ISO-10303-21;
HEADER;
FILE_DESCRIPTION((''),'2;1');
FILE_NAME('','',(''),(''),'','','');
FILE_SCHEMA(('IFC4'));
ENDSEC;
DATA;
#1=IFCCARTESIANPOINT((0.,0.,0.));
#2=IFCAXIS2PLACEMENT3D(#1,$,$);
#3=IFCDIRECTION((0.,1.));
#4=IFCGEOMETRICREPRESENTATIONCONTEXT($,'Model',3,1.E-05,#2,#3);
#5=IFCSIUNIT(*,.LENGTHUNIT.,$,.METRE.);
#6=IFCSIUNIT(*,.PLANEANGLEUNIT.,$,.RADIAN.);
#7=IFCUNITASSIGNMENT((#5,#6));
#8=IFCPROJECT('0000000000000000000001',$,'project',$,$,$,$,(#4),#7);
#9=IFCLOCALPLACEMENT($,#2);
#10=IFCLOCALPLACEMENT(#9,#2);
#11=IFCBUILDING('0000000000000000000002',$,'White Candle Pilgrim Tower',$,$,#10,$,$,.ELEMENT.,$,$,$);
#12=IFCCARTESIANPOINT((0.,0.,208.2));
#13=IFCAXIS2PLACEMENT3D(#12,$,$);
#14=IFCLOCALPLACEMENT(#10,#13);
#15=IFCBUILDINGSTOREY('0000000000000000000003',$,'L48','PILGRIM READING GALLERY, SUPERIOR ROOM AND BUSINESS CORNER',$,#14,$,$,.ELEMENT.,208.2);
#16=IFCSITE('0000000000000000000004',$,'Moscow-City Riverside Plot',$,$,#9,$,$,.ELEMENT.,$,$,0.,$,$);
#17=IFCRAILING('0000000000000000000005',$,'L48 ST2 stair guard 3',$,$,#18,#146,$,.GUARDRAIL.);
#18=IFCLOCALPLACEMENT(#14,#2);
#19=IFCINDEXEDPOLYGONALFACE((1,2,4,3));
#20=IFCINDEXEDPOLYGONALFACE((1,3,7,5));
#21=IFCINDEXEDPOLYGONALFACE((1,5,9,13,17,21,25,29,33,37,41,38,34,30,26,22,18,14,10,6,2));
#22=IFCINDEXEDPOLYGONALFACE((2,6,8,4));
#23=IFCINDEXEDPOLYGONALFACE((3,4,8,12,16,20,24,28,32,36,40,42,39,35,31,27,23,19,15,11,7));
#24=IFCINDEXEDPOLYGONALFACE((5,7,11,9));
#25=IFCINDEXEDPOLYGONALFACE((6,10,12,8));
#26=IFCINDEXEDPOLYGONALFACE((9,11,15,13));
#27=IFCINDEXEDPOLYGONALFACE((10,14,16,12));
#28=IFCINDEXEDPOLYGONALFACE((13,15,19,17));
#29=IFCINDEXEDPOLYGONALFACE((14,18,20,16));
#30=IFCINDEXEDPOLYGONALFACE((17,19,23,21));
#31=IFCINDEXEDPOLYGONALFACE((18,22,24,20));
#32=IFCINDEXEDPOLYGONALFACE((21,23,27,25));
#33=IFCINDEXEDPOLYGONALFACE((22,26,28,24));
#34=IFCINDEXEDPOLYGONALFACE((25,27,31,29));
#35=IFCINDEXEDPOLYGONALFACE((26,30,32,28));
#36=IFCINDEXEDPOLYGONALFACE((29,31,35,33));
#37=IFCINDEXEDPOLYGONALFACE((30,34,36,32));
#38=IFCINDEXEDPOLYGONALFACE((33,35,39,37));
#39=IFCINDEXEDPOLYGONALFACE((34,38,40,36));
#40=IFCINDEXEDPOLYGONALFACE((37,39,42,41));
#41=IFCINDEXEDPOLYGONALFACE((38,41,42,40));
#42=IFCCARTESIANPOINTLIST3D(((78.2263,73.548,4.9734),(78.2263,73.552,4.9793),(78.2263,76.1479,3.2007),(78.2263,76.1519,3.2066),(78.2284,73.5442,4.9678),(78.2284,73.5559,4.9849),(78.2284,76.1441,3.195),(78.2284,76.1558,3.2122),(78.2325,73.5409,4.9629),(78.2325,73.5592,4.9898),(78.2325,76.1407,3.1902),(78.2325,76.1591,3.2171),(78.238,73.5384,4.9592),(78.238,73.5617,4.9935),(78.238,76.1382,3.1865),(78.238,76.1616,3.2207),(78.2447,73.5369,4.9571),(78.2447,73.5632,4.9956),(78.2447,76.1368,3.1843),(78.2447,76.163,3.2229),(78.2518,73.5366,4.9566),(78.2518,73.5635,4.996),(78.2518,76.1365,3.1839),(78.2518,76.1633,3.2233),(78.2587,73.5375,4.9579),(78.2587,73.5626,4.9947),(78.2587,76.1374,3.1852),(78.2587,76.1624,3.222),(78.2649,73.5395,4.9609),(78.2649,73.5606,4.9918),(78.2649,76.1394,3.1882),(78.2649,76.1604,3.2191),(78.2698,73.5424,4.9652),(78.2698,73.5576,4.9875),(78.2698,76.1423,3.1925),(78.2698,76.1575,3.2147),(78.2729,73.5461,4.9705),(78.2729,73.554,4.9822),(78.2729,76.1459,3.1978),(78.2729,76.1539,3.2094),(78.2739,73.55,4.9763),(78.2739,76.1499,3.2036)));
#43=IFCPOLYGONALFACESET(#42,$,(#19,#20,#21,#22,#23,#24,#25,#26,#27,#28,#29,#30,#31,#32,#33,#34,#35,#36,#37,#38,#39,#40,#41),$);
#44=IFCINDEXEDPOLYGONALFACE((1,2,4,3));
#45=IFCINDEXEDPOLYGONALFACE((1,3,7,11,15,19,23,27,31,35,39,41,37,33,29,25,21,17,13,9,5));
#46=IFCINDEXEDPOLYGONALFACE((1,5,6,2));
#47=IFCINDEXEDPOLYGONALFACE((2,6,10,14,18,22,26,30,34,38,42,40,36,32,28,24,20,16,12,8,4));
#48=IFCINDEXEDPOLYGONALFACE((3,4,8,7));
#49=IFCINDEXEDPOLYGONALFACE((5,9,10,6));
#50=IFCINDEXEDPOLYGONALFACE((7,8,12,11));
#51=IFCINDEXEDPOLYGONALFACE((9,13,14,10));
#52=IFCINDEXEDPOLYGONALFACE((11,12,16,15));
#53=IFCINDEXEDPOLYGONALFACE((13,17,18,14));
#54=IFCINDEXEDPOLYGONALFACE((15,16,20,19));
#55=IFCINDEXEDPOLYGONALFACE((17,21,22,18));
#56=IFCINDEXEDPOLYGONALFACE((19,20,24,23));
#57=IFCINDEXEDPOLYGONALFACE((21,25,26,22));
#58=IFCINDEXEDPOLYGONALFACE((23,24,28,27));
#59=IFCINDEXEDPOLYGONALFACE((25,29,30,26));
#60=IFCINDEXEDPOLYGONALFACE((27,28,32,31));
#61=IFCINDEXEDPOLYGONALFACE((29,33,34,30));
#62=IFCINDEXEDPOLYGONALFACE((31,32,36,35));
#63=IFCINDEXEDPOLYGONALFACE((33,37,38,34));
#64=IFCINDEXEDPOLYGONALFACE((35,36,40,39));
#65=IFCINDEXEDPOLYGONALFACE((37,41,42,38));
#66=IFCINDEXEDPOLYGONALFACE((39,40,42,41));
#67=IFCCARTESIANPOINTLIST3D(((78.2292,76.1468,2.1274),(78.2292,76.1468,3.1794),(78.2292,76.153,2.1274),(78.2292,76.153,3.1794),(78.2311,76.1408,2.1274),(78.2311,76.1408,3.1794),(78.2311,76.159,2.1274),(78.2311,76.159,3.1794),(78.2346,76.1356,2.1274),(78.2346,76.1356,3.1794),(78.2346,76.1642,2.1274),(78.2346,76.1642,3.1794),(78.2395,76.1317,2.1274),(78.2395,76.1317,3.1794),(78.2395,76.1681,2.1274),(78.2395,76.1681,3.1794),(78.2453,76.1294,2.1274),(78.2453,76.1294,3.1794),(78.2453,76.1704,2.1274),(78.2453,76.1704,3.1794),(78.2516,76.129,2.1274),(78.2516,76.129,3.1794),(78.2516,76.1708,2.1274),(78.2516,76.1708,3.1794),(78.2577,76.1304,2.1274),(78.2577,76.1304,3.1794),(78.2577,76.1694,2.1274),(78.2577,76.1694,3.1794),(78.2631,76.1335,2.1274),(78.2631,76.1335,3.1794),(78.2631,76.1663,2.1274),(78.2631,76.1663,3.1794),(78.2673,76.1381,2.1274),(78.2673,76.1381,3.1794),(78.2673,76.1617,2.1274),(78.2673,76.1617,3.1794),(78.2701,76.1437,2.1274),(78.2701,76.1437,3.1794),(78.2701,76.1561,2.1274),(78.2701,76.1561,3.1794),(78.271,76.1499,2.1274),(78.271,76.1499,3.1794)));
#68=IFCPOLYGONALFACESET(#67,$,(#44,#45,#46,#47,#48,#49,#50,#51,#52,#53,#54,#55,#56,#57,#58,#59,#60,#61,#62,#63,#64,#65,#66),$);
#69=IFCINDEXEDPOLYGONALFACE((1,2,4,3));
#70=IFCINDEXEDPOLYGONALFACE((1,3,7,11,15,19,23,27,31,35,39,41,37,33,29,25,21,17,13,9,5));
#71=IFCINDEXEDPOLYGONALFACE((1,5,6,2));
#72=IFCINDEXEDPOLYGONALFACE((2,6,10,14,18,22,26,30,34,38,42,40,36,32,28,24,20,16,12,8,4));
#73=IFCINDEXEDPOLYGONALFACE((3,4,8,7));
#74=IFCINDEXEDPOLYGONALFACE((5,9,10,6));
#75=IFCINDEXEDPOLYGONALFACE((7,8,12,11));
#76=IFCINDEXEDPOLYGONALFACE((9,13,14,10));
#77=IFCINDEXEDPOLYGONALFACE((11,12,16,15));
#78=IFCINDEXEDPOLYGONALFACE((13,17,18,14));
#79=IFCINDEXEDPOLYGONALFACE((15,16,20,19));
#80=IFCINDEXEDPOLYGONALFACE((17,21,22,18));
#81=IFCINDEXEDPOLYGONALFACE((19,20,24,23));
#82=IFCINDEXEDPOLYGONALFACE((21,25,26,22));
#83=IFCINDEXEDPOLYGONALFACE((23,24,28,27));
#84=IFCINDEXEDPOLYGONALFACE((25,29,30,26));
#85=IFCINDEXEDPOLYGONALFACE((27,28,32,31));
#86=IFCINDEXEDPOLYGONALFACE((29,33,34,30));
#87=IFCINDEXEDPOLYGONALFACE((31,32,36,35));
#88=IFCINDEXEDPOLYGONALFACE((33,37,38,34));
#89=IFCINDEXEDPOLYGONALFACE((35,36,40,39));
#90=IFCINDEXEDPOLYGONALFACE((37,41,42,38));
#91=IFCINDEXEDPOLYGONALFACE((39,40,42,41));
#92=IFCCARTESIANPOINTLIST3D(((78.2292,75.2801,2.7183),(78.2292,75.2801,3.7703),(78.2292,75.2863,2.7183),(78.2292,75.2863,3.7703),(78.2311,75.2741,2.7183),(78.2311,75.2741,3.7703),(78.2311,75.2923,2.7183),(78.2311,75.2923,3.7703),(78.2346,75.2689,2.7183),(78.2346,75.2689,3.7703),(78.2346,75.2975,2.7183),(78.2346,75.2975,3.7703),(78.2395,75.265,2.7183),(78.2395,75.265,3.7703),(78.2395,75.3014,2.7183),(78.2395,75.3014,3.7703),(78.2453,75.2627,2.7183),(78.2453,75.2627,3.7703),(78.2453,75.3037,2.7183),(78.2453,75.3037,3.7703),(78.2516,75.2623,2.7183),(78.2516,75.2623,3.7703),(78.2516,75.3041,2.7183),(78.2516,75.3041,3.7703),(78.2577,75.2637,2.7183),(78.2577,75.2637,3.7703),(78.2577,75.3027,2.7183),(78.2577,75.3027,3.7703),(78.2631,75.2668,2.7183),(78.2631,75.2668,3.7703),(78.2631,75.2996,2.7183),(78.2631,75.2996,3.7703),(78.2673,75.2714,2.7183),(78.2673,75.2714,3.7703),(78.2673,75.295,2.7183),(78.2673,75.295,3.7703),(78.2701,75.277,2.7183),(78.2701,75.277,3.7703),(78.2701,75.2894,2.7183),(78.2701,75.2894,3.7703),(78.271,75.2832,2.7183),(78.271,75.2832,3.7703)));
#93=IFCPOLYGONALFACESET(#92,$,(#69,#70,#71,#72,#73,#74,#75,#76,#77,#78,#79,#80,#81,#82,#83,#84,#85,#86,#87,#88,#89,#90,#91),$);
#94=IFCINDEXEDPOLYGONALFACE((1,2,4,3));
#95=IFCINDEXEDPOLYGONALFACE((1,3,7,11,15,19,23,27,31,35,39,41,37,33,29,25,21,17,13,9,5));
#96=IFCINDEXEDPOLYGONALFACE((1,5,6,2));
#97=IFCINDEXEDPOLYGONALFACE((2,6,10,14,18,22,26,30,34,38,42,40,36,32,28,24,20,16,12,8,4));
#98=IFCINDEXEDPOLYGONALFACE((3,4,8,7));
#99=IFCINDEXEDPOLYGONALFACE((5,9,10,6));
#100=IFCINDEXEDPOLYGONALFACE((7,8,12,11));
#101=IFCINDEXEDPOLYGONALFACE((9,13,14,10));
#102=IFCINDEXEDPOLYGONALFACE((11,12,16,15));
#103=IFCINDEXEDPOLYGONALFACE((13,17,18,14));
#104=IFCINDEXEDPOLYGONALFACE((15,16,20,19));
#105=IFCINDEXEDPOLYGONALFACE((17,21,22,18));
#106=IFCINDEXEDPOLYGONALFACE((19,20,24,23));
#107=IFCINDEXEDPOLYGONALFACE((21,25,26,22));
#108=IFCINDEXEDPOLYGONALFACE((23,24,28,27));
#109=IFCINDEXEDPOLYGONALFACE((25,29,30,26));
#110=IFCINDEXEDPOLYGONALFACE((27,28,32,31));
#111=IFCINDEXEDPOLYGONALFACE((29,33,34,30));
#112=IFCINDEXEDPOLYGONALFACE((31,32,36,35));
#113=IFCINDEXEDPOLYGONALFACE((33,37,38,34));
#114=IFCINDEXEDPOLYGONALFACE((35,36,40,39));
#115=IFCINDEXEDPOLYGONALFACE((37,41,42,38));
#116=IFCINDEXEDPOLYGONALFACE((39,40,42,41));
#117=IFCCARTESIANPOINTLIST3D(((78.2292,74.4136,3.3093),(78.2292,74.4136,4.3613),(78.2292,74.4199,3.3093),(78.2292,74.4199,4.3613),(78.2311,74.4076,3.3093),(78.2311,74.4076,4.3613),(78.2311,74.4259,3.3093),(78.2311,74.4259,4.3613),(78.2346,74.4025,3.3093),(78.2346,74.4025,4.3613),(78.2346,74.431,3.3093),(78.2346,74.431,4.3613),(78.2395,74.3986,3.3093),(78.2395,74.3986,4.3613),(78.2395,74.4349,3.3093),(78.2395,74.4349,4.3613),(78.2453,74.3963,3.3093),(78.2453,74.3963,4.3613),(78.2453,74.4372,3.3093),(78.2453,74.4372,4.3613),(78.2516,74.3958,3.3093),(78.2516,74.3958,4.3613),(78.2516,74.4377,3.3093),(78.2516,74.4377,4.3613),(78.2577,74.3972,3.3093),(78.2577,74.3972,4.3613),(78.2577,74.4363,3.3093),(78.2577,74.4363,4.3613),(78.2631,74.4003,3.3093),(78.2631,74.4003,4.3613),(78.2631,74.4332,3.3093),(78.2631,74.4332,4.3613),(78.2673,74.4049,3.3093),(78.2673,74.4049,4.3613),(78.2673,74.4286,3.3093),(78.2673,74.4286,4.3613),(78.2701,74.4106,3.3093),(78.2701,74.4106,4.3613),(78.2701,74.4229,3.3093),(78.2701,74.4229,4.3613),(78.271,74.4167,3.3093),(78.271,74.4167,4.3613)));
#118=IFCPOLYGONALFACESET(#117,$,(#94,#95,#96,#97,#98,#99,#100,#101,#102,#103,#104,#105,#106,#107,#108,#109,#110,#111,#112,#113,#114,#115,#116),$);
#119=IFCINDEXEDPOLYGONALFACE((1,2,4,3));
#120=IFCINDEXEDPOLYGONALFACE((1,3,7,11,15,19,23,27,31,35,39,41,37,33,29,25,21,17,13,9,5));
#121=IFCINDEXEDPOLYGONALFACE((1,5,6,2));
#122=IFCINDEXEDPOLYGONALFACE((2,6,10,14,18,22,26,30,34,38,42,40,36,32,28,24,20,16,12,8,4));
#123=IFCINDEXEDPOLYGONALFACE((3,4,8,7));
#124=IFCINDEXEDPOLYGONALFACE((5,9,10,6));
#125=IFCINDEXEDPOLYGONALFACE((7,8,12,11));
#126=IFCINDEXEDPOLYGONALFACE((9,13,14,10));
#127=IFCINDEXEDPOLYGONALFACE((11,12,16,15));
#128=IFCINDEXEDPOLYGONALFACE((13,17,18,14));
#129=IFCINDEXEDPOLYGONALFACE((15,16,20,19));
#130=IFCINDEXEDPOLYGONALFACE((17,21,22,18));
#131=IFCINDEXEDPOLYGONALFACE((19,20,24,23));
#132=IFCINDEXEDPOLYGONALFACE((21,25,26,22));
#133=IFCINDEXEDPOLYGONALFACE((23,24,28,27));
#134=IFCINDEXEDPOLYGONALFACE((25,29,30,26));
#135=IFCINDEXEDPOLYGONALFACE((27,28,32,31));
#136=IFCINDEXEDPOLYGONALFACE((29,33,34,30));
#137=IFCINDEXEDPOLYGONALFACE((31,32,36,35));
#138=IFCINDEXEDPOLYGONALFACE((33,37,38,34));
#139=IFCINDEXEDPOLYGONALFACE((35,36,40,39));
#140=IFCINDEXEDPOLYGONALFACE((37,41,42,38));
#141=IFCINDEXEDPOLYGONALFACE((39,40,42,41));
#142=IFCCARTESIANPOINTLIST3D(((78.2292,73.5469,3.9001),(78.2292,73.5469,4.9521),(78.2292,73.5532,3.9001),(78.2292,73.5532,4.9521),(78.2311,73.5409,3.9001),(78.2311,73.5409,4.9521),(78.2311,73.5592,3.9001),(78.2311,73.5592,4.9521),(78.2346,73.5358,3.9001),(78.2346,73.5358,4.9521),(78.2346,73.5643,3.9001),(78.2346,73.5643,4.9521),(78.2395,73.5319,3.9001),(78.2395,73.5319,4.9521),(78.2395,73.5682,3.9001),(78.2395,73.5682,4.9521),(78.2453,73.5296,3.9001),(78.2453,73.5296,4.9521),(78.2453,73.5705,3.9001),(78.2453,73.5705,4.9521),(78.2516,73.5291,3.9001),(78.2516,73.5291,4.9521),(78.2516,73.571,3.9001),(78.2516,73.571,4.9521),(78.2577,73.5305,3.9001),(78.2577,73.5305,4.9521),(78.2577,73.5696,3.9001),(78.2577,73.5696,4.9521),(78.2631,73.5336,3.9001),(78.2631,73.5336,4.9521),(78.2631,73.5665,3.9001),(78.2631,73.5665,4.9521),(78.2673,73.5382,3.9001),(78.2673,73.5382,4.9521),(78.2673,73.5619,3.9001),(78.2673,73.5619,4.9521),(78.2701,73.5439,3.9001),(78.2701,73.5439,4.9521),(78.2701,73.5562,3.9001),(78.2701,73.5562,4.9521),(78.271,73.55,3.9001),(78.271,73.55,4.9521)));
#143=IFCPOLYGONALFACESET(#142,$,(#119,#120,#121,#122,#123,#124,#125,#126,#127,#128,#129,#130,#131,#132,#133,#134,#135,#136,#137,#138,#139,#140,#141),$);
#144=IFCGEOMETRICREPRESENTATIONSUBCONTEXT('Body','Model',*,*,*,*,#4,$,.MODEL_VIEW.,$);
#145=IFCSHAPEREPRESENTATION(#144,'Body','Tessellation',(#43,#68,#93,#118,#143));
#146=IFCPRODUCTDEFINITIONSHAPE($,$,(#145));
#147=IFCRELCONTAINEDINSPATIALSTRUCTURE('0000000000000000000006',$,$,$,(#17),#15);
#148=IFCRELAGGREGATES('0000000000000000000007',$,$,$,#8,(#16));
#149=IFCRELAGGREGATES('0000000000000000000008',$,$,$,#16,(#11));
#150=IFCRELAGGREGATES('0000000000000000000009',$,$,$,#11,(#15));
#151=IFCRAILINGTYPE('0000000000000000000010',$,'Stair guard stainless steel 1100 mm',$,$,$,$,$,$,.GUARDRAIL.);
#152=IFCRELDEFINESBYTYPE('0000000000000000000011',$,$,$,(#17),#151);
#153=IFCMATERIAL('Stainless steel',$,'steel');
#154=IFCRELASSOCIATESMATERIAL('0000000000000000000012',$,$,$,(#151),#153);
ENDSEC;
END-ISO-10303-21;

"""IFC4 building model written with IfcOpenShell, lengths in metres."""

from ifc_helpers import new_model, si_unit, direction, frame, origin, origin_2d, place, context, subcontext, project, spatial, circle, extrude, material, type_object, element, save


model = new_model("IFC4")

# Units and contexts
model_context = context("Model", 3, precision=1e-05, world=origin(), true_north=direction((0.0, 1.0)))
body_context = subcontext(model_context, "Body", "Model", "MODEL_VIEW")
ifc_project = project(units=[si_unit("LENGTHUNIT", "METRE"), si_unit("PLANEANGLEUNIT", "RADIAN")], contexts=[model_context])

# Site, building, storey
site_placement = place(None, origin())
site = spatial("IfcSite", under=ifc_project, at=site_placement, Name="Moscow-City Riverside Plot", CompositionType="ELEMENT", RefElevation=0.0)
building_placement = place(site_placement, origin())
building = spatial("IfcBuilding", under=site, at=building_placement, Name="White Candle Pilgrim Tower", CompositionType="ELEMENT")
storey_placement = place(building_placement, frame((0.0, 0.0, 208.2)))
storey = spatial("IfcBuildingStorey", under=building, at=storey_placement, Name="L48", Description="PILGRIM READING GALLERY, SUPERIOR ROOM AND BUSINESS CORNER", CompositionType="ELEMENT", Elevation=208.2)

# Railing
ifc_material_1 = material(Name="Stainless steel", Category="steel")
railing_type_1 = type_object("IfcRailingType", Name="Stair guard stainless steel 1100 mm", PredefinedType="GUARDRAIL", material=ifc_material_1)
railing_1_placement = place(storey_placement, frame((78.25, 76.1499, 2.1274)))
element("IfcRailing", 1, at=railing_1_placement, inside=storey, type_object=railing_type_1, Name="L48 ST2 stair guard 3", PredefinedType="GUARDRAIL", context=body_context, shape_type="SweptSolid", body=[
    extrude(circle(Radius=0.0239, at=origin_2d()), frame((0.0, 0.0, 1.0762), z_axis=(0.0, -0.826216, 0.563354), x_axis=(1.0, 0.0, 0.0)), (0.0, 0.0, 1.0), 3.1467),
    extrude(circle(Radius=0.021, at=origin_2d()), origin(), (0.0, 0.0, 1.0), 1.052),
    extrude(circle(Radius=0.021, at=origin_2d()), frame((0.0, -0.8667, 0.5908)), (0.0, 0.0, 1.0), 1.052),
    extrude(circle(Radius=0.021, at=origin_2d()), frame((0.0, -1.7332, 1.1819)), (0.0, 0.0, 1.0), 1.052),
    extrude(circle(Radius=0.021, at=origin_2d()), frame((0.0, -2.5999, 1.7727)), (0.0, 0.0, 1.0), 1.052),
])

save(model, "model.ifc")
